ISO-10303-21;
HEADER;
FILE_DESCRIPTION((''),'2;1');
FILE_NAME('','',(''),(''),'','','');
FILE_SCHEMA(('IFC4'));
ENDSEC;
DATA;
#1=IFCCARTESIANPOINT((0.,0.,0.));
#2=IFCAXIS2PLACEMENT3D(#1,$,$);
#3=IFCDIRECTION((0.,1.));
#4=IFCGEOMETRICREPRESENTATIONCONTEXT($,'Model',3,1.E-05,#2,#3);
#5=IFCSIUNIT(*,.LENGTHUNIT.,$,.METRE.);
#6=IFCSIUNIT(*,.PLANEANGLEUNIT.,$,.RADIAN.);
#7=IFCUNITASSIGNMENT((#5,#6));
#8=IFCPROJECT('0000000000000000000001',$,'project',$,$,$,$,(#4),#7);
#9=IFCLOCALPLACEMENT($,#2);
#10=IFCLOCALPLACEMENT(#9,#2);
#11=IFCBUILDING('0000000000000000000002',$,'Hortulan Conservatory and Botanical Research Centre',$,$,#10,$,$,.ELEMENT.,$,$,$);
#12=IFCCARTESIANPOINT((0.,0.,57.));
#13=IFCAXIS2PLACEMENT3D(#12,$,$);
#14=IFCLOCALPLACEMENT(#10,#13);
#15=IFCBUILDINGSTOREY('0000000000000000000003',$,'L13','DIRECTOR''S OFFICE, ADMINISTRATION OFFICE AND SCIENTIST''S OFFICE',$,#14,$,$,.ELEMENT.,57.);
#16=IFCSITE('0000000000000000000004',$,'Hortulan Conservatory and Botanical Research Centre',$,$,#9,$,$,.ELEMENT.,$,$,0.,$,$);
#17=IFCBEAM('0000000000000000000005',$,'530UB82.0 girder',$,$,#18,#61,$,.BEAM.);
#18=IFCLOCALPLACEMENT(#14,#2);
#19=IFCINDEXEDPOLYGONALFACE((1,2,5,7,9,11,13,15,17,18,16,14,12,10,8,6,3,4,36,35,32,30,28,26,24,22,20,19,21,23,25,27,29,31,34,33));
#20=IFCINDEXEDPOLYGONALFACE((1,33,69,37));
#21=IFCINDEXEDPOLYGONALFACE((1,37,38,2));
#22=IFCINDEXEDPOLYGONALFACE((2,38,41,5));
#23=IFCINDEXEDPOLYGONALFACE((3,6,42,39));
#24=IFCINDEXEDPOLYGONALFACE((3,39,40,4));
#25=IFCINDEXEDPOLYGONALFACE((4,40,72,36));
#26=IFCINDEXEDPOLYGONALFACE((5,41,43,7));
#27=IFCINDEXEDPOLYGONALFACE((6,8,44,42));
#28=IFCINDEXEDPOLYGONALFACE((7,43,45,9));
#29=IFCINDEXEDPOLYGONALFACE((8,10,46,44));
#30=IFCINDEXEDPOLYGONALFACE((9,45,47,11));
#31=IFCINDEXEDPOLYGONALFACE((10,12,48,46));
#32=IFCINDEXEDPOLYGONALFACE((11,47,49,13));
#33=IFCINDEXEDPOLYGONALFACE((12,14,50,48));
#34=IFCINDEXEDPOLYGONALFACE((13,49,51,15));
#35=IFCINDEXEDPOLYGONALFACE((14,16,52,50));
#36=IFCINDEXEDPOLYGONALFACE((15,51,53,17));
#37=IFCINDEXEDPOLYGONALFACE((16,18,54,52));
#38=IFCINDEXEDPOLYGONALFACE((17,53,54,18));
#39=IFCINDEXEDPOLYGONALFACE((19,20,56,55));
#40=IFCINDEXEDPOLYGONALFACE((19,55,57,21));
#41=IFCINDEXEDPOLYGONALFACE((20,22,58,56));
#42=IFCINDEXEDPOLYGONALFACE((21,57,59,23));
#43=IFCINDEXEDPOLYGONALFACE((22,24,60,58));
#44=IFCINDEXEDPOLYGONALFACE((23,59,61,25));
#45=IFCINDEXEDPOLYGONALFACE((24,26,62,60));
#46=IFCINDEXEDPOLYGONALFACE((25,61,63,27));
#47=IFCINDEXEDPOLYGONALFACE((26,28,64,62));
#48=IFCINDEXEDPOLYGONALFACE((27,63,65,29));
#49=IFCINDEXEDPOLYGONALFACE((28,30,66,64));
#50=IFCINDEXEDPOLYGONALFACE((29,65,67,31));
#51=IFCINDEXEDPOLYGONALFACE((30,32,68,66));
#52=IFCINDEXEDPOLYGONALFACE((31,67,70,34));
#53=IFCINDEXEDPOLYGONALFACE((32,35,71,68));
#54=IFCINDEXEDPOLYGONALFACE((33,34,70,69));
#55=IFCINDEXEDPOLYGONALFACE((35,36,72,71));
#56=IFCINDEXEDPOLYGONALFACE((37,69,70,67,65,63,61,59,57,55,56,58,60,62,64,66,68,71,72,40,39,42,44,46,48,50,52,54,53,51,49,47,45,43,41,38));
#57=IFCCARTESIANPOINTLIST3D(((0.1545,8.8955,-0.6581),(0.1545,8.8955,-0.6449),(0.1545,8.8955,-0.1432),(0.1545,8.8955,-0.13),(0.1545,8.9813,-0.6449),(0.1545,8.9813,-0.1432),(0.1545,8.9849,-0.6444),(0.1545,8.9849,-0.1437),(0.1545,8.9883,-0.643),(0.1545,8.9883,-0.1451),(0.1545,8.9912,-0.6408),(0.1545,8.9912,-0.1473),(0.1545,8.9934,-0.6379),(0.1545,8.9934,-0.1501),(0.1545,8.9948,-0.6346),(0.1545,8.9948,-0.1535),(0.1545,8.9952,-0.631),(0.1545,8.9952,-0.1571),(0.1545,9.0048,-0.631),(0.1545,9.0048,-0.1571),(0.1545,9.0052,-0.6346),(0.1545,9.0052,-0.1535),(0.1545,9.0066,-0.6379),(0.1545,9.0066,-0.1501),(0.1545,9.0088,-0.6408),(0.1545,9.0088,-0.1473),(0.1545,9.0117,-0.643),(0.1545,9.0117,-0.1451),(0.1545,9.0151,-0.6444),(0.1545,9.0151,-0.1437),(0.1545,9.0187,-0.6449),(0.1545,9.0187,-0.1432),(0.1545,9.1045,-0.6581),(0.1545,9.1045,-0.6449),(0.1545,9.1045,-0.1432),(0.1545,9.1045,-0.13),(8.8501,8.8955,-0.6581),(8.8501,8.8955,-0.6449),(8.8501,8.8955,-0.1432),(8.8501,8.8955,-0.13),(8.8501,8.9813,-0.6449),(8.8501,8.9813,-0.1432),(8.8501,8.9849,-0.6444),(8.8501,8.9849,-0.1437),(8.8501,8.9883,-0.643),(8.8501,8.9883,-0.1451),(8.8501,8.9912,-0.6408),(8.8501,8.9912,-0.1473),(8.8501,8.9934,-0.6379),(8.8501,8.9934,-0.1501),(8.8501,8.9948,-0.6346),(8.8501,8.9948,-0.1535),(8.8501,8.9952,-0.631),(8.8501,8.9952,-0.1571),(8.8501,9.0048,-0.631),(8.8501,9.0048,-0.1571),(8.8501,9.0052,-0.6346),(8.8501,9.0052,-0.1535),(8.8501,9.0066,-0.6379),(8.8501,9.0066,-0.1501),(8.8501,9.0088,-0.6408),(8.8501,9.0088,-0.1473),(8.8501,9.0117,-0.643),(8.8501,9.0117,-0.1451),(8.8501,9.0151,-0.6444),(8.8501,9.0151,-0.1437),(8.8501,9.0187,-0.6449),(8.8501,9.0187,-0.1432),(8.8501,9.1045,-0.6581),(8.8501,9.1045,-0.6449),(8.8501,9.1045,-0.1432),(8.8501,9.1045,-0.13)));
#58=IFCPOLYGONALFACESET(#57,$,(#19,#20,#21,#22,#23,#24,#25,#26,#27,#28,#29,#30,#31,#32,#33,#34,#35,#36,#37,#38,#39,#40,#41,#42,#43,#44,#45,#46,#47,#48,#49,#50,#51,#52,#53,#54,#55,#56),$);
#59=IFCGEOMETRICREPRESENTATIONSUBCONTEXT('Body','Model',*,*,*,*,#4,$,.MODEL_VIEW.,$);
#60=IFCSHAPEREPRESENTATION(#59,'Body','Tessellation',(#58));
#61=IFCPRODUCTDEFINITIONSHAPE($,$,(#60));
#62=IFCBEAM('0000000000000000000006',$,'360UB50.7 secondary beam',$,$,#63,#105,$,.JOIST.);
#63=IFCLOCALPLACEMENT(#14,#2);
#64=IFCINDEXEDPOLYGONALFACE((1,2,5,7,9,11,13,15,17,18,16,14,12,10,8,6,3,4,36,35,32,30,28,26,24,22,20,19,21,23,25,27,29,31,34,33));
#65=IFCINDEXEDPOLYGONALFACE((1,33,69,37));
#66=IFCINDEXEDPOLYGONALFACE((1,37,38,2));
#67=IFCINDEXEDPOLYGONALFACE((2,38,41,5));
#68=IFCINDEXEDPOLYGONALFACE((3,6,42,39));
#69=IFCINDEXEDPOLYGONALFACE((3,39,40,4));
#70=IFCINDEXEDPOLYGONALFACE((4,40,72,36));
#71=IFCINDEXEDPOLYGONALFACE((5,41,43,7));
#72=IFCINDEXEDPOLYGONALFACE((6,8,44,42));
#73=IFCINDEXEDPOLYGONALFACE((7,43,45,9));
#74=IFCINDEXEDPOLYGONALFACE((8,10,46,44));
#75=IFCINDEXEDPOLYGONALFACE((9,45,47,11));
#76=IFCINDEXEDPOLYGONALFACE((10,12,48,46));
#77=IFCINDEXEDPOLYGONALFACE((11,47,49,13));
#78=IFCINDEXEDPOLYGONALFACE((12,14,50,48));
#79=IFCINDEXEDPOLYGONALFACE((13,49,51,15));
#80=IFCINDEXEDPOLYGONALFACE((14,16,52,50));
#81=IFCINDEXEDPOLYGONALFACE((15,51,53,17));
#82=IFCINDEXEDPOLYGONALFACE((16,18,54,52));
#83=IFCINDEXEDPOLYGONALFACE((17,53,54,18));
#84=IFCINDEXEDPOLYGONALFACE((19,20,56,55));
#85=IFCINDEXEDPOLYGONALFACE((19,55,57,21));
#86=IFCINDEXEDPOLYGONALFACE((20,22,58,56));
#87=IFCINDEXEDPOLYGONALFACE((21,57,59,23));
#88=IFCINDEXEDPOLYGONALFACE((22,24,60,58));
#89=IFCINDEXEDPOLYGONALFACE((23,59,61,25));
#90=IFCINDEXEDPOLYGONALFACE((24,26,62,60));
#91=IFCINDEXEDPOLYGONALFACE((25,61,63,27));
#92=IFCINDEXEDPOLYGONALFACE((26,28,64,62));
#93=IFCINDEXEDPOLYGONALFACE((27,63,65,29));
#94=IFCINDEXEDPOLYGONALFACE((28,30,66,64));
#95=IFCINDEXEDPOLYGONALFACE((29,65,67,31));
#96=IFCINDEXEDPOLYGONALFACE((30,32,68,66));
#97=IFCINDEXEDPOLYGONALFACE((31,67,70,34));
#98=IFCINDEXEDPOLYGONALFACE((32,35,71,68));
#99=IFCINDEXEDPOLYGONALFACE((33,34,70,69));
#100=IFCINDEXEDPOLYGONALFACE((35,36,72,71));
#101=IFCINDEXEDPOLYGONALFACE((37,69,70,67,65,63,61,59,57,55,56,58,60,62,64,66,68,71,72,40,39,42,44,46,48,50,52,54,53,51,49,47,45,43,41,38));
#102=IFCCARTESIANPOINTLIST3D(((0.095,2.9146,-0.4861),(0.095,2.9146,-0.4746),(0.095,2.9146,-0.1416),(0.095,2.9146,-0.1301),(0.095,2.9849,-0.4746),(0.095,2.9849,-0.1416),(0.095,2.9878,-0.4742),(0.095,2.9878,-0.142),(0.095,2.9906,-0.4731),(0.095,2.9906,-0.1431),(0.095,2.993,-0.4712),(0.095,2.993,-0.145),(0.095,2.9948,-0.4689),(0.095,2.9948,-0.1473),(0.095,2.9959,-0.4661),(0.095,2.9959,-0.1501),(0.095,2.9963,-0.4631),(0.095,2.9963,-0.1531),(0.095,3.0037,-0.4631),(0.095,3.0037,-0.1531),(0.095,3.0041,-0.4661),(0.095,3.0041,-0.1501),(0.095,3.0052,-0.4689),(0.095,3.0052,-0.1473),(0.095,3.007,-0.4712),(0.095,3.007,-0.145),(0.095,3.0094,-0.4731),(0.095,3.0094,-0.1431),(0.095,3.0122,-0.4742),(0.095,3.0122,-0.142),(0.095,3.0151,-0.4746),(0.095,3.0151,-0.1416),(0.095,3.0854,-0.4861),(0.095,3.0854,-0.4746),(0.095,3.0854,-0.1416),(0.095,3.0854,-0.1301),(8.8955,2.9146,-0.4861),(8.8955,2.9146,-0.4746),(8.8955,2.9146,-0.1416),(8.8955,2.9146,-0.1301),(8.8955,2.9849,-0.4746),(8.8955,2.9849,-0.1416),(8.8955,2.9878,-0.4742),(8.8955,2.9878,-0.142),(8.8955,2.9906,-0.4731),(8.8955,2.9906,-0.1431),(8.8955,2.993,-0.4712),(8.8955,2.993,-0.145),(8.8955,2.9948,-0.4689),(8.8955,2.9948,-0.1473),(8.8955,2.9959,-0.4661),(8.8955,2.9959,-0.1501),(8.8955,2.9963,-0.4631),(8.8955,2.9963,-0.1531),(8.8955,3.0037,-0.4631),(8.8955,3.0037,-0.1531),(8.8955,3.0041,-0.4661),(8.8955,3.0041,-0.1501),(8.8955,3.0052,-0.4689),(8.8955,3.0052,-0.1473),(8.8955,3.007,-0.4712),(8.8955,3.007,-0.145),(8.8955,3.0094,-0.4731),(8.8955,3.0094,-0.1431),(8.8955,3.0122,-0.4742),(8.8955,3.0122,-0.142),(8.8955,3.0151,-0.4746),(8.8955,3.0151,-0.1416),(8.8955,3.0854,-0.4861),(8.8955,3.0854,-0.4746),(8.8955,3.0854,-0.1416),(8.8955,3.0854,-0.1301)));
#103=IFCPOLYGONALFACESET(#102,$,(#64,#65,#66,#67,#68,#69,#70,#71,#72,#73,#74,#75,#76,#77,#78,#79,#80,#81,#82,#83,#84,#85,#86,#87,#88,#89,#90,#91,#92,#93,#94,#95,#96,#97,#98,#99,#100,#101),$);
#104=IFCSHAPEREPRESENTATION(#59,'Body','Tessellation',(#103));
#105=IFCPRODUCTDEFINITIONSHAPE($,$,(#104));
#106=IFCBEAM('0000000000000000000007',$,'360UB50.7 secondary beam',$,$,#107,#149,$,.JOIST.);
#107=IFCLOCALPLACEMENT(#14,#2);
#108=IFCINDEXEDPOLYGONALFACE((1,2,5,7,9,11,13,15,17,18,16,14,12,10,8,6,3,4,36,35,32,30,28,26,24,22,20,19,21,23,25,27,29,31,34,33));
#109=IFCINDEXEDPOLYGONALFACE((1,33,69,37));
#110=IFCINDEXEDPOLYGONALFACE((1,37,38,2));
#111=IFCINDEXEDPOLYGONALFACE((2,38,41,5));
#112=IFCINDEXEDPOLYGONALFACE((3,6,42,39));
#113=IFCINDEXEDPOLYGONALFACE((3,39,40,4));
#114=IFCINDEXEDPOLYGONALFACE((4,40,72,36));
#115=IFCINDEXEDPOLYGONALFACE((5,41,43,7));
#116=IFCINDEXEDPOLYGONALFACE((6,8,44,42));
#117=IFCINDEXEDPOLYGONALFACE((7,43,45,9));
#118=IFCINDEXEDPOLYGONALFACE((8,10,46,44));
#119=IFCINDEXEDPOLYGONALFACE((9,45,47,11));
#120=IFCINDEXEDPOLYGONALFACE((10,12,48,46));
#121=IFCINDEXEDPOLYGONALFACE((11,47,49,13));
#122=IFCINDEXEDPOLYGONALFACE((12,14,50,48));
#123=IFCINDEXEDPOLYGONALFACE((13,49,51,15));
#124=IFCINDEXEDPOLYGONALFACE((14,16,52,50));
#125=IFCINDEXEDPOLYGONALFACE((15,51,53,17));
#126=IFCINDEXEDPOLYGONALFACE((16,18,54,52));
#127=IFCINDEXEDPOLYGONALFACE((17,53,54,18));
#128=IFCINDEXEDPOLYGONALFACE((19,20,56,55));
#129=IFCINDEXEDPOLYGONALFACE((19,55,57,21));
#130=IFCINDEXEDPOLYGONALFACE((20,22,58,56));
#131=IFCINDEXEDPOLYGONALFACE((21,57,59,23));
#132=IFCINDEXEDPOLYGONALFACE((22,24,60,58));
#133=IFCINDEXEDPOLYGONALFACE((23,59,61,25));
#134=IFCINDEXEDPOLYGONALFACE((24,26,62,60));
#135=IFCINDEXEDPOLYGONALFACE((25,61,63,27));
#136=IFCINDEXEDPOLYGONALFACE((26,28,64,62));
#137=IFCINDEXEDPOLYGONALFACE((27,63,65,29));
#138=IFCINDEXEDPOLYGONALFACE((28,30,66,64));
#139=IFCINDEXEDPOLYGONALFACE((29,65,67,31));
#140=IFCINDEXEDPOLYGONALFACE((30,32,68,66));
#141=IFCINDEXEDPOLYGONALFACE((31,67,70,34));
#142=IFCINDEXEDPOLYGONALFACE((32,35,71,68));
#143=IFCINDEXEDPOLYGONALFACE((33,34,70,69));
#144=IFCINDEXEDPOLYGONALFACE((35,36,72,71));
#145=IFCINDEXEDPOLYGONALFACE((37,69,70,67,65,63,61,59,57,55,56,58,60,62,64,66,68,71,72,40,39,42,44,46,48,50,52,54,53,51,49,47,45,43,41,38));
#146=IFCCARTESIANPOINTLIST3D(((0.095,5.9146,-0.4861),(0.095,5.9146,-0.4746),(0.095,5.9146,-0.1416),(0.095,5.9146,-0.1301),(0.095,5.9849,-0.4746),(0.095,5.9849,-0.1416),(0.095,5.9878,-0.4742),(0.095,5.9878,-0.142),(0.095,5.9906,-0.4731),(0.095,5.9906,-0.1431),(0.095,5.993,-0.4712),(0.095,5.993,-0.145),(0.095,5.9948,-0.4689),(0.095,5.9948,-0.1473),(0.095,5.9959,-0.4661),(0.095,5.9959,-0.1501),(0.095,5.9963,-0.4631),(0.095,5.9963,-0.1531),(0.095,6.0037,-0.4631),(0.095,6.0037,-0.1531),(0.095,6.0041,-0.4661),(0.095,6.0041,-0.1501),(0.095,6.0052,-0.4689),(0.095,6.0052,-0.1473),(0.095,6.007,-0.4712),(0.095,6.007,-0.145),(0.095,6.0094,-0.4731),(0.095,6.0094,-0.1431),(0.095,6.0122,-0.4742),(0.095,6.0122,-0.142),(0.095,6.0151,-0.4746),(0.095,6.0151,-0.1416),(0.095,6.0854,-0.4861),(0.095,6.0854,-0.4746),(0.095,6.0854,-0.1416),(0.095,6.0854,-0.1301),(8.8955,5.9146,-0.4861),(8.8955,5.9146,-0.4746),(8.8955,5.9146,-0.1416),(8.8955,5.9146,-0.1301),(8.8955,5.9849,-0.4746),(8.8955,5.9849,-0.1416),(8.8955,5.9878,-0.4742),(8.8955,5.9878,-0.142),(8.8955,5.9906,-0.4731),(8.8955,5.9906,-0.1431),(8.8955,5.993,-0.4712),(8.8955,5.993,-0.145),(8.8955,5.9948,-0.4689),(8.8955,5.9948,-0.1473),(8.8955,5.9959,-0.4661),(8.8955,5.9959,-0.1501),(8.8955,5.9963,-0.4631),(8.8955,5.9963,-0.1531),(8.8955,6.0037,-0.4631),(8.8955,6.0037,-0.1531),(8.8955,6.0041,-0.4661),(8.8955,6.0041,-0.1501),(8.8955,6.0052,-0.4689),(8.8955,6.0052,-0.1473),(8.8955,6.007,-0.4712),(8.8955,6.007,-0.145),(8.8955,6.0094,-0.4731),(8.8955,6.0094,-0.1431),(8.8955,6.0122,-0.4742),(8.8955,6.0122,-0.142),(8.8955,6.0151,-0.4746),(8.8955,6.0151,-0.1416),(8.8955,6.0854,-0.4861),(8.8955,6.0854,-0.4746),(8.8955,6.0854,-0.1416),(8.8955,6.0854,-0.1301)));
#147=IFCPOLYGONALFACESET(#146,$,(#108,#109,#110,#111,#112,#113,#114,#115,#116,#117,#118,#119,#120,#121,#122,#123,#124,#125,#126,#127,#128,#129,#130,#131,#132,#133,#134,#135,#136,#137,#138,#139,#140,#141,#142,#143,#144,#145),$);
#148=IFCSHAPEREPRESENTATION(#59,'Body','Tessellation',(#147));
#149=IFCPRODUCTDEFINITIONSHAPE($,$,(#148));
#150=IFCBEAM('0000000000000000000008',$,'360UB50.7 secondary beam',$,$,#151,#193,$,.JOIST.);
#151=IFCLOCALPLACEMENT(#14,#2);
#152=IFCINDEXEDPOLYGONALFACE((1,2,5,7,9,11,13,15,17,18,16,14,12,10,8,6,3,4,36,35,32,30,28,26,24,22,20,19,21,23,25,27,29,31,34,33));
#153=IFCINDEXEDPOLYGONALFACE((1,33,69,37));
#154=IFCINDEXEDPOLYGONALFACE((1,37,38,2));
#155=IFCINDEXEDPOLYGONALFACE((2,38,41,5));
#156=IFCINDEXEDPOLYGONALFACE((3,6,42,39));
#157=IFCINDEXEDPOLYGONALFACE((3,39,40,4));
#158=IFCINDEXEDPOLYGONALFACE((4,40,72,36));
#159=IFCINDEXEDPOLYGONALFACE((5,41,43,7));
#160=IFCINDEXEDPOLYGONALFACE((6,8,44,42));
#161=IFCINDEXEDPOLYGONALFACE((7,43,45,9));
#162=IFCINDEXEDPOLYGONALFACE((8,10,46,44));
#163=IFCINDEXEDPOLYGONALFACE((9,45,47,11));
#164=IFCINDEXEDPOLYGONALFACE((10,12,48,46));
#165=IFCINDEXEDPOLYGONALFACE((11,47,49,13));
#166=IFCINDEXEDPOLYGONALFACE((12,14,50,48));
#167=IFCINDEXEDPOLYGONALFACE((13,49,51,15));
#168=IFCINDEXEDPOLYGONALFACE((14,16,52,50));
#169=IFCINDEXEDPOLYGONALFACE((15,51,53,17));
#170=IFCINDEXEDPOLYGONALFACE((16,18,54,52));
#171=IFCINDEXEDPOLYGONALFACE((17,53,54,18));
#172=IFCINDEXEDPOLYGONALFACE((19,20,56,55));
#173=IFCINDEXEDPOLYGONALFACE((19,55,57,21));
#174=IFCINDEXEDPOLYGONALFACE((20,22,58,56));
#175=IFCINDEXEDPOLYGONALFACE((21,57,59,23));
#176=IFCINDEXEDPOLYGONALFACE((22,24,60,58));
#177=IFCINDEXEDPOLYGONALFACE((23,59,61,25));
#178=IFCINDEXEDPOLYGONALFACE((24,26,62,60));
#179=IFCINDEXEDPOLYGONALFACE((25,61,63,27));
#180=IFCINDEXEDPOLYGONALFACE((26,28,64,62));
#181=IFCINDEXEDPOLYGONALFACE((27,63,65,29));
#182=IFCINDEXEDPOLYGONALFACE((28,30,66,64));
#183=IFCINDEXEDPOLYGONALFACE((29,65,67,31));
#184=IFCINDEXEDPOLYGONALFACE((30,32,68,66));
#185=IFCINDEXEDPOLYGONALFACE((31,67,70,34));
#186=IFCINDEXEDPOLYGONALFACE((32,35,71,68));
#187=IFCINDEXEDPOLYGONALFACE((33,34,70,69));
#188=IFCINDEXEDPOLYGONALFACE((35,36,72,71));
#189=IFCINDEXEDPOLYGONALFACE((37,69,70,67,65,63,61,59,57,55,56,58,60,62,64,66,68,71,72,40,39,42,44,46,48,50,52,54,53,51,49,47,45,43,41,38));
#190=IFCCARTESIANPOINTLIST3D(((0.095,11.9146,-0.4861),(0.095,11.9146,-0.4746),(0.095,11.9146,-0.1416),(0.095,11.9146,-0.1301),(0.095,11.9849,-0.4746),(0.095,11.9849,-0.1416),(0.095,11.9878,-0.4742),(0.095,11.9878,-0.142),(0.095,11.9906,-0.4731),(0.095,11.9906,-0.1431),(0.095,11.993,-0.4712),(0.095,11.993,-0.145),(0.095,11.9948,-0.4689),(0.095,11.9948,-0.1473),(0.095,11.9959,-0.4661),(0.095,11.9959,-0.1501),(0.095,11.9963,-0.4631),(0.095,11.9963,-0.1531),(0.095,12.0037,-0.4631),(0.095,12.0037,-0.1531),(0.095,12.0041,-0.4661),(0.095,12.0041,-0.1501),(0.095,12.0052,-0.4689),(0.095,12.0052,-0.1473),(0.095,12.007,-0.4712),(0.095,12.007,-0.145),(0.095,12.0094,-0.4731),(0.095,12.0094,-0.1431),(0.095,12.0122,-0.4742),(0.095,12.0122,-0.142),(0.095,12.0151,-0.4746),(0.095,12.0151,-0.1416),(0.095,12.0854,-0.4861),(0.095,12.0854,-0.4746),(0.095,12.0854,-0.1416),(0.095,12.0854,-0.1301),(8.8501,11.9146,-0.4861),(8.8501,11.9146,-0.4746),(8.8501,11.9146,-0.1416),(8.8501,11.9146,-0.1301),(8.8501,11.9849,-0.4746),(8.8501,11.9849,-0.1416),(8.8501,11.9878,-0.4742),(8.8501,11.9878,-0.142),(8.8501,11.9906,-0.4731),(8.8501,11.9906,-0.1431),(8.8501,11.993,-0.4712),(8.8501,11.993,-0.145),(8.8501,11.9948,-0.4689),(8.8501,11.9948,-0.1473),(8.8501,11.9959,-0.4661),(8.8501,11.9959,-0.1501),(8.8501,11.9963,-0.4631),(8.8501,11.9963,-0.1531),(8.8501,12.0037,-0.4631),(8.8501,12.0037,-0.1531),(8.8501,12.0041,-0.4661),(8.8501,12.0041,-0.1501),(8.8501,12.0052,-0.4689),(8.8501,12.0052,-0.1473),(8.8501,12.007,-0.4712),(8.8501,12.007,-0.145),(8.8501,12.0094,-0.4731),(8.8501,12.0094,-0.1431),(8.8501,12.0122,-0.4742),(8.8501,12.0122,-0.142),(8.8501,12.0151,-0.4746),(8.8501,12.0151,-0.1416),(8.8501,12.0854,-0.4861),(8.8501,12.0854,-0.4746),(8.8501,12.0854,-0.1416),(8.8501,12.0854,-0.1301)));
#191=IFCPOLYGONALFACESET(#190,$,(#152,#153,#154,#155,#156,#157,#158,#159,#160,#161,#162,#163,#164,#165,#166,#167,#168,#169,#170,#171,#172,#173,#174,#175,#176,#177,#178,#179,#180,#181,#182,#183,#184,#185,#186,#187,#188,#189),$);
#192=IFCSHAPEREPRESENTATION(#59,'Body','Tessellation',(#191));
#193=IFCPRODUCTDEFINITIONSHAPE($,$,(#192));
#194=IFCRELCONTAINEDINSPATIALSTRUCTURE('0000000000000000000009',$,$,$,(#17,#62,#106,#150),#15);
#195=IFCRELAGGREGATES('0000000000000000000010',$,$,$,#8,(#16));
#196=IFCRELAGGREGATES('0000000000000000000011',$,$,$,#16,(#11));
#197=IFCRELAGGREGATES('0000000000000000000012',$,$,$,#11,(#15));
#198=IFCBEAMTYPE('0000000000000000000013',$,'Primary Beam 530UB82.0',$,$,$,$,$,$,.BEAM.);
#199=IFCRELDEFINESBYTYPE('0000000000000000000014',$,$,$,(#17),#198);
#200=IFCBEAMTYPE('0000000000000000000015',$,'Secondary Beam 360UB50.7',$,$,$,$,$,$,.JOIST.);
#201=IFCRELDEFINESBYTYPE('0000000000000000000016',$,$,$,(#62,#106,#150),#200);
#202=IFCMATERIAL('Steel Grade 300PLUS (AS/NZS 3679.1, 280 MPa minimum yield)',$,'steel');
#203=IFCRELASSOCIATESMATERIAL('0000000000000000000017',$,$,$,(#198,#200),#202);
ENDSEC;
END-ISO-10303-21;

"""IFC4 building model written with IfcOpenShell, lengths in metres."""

from ifc_helpers import new_model, si_unit, direction, frame, origin, origin_2d, place, context, subcontext, project, spatial, i_section, extrude, material, material_profile, profile_set, type_object, element, save


model = new_model("IFC4")

# Units and contexts
model_context = context("Model", 3, precision=1e-05, world=origin(), true_north=direction((0.0, 1.0)))
body_context = subcontext(model_context, "Body", "Model", "MODEL_VIEW")
ifc_project = project(units=[si_unit("LENGTHUNIT", "METRE"), si_unit("PLANEANGLEUNIT", "RADIAN")], contexts=[model_context])

# Site, building, storey
site_placement = place(None, origin())
site = spatial("IfcSite", under=ifc_project, at=site_placement, Name="Hortulan Conservatory and Botanical Research Centre", CompositionType="ELEMENT", RefElevation=0.0)
building_placement = place(site_placement, origin())
building = spatial("IfcBuilding", under=site, at=building_placement, Name="Hortulan Conservatory and Botanical Research Centre", CompositionType="ELEMENT")
storey_placement = place(building_placement, frame((0.0, 0.0, 57.0)))
storey = spatial("IfcBuildingStorey", under=building, at=storey_placement, Name="L13", Description="DIRECTOR'S OFFICE, ADMINISTRATION OFFICE AND SCIENTIST'S OFFICE", CompositionType="ELEMENT", Elevation=57.0)

# Shared definitions
ifc_material_1 = material(Name="Steel Grade 300PLUS (AS/NZS 3679.1, 280 MPa minimum yield)", Category="steel")

# Beams
ifc_material_profile_1 = material_profile(ifc_material_1, i_section(OverallWidth=0.209, OverallDepth=0.5281, WebThickness=0.0095, FlangeThickness=0.0132, FilletRadius=0.0139, at=origin_2d()), Name="530UB82.0")
ifc_profile_set_1 = profile_set([ifc_material_profile_1], Name="Steel Grade 300PLUS (AS/NZS 3679.1, 280 MPa minimum yield)")
beam_type_1 = type_object("IfcBeamType", Name="Primary Beam 530UB82.0", PredefinedType="BEAM", material=ifc_profile_set_1)
beam_1_placement = place(storey_placement, frame((0.1545, 9.0, -0.394), z_axis=(1.0, 0.0, 0.0), x_axis=(0.0, 1.0, 0.0)))
element("IfcBeam", 1, at=beam_1_placement, inside=storey, type_object=beam_type_1, Name="530UB82.0 girder", PredefinedType="BEAM", context=body_context, shape_type="SweptSolid", body=[
    extrude(i_section(OverallWidth=0.209, OverallDepth=0.5281, WebThickness=0.0095, FlangeThickness=0.0132, FilletRadius=0.0139, at=origin_2d()), origin(), (0.0, 0.0, 1.0), 8.6956),
])
ifc_material_profile_2 = material_profile(ifc_material_1, i_section(OverallWidth=0.1709, OverallDepth=0.356, WebThickness=0.0073, FlangeThickness=0.0115, FilletRadius=0.0115, at=origin_2d()), Name="360UB50.7")
ifc_profile_set_2 = profile_set([ifc_material_profile_2], Name="Steel Grade 300PLUS (AS/NZS 3679.1, 280 MPa minimum yield)")
beam_type_2 = type_object("IfcBeamType", Name="Secondary Beam 360UB50.7", PredefinedType="JOIST", material=ifc_profile_set_2)
for number, where, z_axis, x_axis, name in (
    (2, (0.095, 3.0, -0.3081), (1.0, 0.0, 0.0), (0.0, 1.0, 0.0), "360UB50.7 secondary beam"),
    (3, (0.095, 6.0, -0.3081), (1.0, 0.0, 0.0), (0.0, 1.0, 0.0), "360UB50.7 secondary beam"),
):
    element("IfcBeam", number, at=place(storey_placement, frame(where, z_axis=z_axis, x_axis=x_axis)), inside=storey, type_object=beam_type_2, Name=name, PredefinedType="JOIST", context=body_context, shape_type="SweptSolid", body=[
        extrude(i_section(OverallWidth=0.1709, OverallDepth=0.356, WebThickness=0.0073, FlangeThickness=0.0115, FilletRadius=0.0115, at=origin_2d()), origin(), (0.0, 0.0, 1.0), 8.8005),
    ])
beam_2_placement = place(storey_placement, frame((0.095, 12.0, -0.3081), z_axis=(1.0, 0.0, 0.0), x_axis=(0.0, 1.0, 0.0)))
element("IfcBeam", 4, at=beam_2_placement, inside=storey, type_object=beam_type_2, Name="360UB50.7 secondary beam", PredefinedType="JOIST", context=body_context, shape_type="SweptSolid", body=[
    extrude(i_section(OverallWidth=0.1709, OverallDepth=0.356, WebThickness=0.0073, FlangeThickness=0.0115, FilletRadius=0.0115, at=origin_2d()), origin(), (0.0, 0.0, 1.0), 8.7551),
])

save(model, "model.ifc")
